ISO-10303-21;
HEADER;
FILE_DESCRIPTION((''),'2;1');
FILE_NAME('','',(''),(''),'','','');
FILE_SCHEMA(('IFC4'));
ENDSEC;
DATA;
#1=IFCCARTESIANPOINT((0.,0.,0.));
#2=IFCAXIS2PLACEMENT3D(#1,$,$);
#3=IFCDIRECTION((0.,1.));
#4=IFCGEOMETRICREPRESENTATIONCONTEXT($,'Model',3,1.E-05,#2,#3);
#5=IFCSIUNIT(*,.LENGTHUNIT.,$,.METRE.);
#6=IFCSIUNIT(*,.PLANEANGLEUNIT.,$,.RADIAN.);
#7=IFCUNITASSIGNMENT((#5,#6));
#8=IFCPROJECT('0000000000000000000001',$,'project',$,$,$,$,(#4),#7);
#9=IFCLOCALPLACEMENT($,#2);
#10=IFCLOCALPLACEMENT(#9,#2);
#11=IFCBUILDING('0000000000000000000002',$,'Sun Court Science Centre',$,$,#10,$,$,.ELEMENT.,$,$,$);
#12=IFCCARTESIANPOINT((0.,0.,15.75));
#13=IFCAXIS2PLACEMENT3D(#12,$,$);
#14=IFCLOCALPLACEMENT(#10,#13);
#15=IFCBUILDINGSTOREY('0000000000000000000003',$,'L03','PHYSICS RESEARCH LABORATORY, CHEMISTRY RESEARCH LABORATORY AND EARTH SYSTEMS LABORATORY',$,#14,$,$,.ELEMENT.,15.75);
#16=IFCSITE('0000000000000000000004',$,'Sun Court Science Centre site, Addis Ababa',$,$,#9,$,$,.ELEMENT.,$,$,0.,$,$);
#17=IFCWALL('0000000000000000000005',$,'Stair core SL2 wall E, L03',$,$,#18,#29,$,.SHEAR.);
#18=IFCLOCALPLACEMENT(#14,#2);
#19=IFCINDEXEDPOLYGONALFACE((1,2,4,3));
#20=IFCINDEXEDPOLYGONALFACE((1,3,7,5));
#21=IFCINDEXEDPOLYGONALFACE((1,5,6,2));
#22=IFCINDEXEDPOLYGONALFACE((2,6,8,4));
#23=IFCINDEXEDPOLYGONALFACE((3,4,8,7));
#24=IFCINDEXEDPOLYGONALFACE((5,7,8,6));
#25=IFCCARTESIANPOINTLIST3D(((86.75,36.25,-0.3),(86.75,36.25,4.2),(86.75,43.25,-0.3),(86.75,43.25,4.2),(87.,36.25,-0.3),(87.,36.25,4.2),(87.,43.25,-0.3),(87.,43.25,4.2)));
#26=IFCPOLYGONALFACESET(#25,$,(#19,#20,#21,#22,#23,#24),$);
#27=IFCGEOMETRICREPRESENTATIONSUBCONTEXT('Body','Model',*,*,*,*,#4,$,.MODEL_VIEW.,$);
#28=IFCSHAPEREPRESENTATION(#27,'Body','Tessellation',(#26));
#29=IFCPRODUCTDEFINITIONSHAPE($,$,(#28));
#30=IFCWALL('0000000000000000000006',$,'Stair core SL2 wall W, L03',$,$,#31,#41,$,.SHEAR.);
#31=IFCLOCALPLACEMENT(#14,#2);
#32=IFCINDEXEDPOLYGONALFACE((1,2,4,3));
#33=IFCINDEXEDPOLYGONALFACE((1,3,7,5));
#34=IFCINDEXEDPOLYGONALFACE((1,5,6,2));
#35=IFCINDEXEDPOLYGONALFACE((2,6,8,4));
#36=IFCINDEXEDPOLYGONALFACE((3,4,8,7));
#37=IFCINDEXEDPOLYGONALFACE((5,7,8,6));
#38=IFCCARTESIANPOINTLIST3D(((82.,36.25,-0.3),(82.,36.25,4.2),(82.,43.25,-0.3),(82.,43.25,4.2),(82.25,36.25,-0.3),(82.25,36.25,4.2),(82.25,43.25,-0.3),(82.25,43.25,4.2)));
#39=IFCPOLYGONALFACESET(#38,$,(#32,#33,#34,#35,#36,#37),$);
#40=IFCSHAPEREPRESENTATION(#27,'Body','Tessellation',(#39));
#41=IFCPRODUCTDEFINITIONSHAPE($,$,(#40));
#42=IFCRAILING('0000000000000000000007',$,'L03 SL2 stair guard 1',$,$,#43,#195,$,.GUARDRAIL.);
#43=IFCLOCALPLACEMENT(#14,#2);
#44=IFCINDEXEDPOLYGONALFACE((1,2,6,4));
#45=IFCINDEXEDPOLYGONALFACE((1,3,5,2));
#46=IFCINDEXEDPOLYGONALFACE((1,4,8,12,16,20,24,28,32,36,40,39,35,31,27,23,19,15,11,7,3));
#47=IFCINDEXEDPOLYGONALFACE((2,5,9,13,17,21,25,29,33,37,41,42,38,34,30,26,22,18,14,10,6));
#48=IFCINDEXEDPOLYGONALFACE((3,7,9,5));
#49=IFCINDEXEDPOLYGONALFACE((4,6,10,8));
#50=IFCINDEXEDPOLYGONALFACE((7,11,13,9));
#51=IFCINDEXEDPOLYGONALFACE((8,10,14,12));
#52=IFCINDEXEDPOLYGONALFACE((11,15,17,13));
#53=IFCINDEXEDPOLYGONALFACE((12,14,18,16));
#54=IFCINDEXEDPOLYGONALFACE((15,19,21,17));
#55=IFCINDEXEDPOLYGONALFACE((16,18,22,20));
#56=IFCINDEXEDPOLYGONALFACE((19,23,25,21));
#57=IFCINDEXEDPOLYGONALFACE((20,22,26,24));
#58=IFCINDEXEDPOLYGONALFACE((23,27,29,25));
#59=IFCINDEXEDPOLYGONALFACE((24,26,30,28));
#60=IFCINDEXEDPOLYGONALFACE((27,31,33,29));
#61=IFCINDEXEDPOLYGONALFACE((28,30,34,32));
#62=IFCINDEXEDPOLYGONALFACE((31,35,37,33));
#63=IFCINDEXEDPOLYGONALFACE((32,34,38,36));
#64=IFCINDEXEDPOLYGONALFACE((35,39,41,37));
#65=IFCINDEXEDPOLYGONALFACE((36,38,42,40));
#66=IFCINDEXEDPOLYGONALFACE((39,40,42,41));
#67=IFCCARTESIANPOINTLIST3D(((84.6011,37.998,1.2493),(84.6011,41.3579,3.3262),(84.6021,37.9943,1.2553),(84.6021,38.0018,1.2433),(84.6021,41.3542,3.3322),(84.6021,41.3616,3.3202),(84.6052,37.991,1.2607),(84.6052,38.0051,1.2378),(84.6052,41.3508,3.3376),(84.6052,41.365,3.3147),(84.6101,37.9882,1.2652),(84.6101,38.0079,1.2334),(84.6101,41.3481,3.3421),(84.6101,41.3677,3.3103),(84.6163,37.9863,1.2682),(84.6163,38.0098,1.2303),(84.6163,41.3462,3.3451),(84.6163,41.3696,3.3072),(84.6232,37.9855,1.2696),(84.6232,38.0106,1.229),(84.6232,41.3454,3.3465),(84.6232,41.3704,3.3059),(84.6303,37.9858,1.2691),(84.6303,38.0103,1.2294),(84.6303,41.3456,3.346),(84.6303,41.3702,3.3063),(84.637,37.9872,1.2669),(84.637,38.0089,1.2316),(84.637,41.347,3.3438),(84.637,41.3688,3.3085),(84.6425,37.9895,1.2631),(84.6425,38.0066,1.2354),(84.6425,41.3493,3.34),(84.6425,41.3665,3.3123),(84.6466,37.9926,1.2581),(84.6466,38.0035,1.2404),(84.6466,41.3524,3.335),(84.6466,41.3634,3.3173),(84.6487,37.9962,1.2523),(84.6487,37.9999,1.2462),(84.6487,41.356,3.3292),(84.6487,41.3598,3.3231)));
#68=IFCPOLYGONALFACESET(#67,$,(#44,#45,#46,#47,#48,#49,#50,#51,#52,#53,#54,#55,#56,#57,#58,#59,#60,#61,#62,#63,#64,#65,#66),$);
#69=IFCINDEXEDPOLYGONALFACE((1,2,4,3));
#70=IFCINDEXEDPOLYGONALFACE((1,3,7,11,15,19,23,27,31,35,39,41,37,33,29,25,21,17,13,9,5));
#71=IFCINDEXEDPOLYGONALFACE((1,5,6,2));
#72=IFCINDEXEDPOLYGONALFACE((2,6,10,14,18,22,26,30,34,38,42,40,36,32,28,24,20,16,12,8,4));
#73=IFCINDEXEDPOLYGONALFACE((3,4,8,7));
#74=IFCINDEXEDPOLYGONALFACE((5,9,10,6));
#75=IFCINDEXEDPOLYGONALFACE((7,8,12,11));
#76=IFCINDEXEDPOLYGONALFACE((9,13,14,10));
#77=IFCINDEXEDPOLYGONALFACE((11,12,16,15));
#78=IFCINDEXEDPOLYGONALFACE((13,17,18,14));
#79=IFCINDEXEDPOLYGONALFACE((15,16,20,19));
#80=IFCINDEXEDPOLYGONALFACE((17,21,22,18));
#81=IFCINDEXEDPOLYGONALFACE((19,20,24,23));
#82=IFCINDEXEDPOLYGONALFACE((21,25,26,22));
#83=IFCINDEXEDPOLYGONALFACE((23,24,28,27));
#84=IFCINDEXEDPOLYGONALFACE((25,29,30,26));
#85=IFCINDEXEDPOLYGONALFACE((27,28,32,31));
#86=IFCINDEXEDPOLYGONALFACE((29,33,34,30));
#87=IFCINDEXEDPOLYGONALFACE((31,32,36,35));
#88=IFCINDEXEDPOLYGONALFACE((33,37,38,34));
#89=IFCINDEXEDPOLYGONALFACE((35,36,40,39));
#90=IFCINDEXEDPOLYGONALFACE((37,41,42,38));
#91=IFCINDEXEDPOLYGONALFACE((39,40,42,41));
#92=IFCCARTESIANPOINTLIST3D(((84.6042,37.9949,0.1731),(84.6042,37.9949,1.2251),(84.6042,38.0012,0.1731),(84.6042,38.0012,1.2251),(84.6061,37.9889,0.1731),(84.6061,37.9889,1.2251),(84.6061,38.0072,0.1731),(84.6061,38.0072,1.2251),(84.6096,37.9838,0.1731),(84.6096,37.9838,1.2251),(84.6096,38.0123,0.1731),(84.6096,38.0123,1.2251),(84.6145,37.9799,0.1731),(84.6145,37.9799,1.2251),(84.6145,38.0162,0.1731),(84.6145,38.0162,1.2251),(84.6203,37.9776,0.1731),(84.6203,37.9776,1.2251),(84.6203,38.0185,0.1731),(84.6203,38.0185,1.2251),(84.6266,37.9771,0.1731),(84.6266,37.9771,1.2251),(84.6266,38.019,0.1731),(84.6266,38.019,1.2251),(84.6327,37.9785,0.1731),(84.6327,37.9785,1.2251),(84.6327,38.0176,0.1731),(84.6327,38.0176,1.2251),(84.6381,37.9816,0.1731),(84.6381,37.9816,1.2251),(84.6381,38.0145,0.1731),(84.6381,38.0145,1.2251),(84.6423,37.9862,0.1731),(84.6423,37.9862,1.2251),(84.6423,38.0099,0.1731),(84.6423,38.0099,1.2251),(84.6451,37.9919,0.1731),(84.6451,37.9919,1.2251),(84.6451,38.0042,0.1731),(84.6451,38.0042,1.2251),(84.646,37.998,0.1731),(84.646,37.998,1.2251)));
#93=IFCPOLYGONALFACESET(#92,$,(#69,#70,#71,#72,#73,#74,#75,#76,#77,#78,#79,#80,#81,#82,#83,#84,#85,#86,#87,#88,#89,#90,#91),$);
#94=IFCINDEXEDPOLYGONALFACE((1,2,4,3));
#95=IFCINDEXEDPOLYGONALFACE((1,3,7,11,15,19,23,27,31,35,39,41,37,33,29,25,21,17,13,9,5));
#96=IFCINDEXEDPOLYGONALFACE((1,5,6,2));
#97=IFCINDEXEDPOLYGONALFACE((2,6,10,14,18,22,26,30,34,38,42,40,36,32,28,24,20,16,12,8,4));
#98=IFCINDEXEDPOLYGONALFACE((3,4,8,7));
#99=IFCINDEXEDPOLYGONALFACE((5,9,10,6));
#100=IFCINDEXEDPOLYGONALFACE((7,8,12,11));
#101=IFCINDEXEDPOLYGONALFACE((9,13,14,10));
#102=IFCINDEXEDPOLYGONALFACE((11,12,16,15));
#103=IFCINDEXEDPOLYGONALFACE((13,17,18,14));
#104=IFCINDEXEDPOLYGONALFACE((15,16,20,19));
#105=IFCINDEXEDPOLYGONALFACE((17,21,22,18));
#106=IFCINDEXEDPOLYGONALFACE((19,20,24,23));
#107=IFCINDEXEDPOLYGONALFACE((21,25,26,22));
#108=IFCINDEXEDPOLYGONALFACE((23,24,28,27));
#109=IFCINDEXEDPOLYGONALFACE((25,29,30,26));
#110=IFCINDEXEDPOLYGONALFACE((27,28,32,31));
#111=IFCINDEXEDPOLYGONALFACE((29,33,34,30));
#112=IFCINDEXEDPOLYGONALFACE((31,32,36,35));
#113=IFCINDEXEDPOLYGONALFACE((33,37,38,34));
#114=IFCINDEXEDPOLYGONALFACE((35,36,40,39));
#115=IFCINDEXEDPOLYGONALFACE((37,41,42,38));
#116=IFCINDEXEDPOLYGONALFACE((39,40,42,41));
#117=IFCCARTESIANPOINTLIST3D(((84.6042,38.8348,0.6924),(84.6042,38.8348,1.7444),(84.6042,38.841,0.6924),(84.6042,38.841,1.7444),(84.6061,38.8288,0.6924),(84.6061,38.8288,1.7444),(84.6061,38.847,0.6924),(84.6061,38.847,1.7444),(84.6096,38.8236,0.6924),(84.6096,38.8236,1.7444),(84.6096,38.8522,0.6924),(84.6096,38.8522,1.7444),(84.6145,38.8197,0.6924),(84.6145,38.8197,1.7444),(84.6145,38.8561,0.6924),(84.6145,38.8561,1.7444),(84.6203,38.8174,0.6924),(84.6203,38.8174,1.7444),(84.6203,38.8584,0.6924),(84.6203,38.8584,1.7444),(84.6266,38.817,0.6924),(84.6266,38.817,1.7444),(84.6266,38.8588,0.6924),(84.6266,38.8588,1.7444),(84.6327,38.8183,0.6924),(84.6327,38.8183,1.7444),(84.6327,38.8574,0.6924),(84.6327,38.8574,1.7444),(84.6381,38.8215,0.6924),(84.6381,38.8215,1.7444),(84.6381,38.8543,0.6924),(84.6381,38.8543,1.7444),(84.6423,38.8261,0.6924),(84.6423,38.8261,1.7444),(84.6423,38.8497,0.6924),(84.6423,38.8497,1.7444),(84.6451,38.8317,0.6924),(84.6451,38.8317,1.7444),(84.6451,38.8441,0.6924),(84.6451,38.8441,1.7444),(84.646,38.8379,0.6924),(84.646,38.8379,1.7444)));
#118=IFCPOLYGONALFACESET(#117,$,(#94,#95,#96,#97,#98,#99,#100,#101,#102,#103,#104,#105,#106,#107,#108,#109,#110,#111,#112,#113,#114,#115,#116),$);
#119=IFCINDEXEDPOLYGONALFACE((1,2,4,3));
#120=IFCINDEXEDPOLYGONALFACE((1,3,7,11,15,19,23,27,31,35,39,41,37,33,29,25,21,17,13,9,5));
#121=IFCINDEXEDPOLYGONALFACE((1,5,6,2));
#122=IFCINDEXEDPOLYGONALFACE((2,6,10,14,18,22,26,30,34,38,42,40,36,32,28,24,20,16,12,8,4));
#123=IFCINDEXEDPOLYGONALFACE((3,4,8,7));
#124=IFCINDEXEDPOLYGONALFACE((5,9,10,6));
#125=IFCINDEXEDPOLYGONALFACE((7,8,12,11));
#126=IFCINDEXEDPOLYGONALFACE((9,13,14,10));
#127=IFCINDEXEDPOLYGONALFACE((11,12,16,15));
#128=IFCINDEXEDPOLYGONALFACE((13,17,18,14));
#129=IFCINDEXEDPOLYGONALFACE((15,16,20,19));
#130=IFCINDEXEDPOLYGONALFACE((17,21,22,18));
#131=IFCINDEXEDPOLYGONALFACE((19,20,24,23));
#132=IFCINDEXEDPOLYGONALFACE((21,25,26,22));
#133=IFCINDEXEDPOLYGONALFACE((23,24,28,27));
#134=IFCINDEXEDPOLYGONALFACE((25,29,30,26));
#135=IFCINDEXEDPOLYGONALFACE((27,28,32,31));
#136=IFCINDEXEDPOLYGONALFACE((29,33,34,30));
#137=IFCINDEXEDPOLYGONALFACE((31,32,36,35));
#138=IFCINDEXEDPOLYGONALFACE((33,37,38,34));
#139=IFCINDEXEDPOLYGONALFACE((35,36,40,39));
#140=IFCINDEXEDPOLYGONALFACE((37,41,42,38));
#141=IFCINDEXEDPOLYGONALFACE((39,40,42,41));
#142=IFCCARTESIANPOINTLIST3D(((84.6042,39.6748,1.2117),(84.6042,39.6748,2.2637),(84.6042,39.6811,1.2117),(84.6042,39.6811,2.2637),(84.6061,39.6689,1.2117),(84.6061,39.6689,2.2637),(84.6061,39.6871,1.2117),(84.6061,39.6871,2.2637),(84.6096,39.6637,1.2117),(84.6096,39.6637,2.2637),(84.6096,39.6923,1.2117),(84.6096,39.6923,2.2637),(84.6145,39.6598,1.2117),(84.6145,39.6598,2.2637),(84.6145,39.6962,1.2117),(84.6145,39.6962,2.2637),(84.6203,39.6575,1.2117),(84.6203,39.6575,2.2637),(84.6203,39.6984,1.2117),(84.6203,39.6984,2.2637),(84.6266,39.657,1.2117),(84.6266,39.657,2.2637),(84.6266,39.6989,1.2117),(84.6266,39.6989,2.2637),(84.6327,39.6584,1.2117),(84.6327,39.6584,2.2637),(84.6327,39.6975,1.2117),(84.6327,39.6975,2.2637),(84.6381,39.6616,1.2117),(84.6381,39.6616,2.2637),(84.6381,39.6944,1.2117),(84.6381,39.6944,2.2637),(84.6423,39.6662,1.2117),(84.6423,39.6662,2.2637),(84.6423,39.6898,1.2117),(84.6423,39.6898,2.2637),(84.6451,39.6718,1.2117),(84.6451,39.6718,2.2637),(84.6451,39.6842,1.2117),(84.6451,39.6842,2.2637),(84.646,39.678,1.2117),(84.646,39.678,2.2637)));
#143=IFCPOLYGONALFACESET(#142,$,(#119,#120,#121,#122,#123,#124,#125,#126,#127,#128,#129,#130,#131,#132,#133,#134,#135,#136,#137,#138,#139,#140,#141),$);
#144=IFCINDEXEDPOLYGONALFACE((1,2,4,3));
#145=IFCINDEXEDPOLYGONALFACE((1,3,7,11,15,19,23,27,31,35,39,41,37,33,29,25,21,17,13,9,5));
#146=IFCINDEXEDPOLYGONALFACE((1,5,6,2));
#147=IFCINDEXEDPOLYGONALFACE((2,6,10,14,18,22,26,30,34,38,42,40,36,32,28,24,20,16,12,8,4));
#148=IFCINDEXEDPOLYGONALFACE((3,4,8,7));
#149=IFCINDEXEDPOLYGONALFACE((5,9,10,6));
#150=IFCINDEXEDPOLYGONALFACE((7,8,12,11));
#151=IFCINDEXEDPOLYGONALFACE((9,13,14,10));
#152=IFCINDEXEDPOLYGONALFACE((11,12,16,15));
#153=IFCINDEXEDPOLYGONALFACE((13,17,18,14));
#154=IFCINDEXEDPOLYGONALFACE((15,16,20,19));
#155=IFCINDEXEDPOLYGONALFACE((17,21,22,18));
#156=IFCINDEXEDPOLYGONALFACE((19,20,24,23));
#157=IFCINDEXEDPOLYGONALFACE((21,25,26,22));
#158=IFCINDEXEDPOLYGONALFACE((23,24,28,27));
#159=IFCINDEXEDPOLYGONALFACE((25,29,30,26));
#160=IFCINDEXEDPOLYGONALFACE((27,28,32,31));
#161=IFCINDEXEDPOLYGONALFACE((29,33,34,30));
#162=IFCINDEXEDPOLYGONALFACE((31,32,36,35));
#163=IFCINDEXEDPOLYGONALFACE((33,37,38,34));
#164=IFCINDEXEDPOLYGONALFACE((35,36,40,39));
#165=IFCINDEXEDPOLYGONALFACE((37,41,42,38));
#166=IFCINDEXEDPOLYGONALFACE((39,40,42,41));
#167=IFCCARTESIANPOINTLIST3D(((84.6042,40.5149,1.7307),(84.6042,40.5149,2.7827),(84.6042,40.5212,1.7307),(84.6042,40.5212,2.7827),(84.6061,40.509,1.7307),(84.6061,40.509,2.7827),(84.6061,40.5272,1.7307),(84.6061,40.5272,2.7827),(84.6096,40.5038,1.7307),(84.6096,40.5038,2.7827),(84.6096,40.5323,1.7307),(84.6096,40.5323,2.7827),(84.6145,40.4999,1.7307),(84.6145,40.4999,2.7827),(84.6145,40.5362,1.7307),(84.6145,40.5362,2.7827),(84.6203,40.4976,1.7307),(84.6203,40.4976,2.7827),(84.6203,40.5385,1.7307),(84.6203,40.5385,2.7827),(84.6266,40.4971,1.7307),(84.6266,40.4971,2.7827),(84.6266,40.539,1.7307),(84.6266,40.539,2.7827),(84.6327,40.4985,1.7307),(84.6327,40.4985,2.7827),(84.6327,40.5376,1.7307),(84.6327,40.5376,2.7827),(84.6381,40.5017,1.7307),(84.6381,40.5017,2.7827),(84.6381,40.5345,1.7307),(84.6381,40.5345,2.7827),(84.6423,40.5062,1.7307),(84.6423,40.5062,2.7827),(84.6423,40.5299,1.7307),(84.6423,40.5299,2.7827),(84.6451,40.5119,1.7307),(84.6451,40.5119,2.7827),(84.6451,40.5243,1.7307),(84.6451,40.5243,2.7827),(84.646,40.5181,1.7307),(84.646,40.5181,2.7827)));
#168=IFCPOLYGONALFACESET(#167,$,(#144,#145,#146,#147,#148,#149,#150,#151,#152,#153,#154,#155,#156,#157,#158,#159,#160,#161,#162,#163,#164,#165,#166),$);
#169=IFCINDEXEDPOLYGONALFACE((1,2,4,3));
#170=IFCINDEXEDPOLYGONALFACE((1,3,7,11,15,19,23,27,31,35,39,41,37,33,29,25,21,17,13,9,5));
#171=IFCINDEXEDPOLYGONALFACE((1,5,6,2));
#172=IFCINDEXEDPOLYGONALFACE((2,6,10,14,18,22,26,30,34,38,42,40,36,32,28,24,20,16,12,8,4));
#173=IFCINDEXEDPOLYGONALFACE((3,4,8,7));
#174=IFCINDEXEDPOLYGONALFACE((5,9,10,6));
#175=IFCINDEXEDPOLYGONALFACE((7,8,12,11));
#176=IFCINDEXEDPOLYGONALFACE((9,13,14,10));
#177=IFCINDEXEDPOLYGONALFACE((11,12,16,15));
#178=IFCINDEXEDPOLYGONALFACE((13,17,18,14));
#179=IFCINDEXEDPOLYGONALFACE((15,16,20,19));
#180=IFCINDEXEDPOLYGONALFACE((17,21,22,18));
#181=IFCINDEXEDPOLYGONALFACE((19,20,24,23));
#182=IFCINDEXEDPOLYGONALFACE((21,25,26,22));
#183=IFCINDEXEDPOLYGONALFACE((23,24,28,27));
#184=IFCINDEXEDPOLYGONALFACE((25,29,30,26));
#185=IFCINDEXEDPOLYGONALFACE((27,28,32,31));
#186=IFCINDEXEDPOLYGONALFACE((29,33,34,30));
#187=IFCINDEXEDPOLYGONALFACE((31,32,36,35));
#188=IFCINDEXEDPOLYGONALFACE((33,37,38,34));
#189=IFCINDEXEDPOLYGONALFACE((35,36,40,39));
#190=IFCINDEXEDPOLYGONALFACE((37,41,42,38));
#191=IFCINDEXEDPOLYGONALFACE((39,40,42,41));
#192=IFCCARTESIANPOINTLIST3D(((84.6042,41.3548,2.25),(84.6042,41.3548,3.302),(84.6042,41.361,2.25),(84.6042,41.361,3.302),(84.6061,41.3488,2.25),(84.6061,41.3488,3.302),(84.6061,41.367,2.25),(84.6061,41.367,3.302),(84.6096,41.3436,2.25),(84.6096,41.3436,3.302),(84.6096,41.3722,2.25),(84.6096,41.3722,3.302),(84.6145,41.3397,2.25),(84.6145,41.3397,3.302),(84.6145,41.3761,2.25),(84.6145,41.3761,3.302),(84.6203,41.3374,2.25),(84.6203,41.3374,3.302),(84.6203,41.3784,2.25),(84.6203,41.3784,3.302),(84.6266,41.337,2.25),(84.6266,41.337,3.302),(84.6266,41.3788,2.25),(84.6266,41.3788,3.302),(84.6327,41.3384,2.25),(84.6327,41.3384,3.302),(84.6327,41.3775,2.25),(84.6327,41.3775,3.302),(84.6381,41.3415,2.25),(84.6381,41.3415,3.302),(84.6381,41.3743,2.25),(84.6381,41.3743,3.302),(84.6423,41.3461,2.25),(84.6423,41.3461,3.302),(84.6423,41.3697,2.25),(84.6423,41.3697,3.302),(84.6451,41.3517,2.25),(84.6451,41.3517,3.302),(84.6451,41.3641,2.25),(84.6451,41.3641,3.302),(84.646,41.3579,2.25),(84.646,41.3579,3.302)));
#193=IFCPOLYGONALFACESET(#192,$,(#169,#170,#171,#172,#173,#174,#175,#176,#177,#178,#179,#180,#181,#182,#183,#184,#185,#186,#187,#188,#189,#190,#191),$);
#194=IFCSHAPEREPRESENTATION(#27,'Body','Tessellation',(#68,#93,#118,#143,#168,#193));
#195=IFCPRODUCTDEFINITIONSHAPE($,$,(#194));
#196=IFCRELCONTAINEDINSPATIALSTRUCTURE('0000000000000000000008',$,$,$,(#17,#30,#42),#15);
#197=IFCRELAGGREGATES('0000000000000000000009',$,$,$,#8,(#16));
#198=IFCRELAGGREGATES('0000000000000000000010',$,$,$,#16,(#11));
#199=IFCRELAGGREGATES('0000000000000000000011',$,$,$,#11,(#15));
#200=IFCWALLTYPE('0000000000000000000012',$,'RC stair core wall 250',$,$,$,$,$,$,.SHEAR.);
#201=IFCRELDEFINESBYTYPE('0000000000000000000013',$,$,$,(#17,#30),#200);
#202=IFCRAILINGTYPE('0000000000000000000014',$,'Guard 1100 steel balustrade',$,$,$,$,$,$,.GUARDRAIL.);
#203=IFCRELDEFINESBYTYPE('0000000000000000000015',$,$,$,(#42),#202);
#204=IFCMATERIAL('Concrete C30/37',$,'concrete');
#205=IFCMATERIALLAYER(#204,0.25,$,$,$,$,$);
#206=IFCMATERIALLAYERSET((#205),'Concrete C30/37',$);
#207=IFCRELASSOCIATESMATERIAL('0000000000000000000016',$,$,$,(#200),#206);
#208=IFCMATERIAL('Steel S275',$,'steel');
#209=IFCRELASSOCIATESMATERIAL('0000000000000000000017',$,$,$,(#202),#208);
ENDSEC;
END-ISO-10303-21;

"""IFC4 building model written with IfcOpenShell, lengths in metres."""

from ifc_helpers import new_model, si_unit, direction, frame, frame_2d, origin, origin_2d, place, context, subcontext, project, spatial, rectangle, circle, extrude, material, layer, layer_set, type_object, element, save


model = new_model("IFC4")

# Units and contexts
model_context = context("Model", 3, precision=1e-05, world=origin(), true_north=direction((0.0, 1.0)))
body_context = subcontext(model_context, "Body", "Model", "MODEL_VIEW")
ifc_project = project(units=[si_unit("LENGTHUNIT", "METRE"), si_unit("PLANEANGLEUNIT", "RADIAN")], contexts=[model_context])

# Site, building, storey
site_placement = place(None, origin())
site = spatial("IfcSite", under=ifc_project, at=site_placement, Name="Sun Court Science Centre site, Addis Ababa", CompositionType="ELEMENT", RefElevation=0.0)
building_placement = place(site_placement, origin())
building = spatial("IfcBuilding", under=site, at=building_placement, Name="Sun Court Science Centre", CompositionType="ELEMENT")
storey_placement = place(building_placement, frame((0.0, 0.0, 15.75)))
storey = spatial("IfcBuildingStorey", under=building, at=storey_placement, Name="L03", Description="PHYSICS RESEARCH LABORATORY, CHEMISTRY RESEARCH LABORATORY AND EARTH SYSTEMS LABORATORY", CompositionType="ELEMENT", Elevation=15.75)

# Shared definitions
ifc_material_1 = material(Name="Concrete C30/37", Category="concrete")
ifc_layer_1 = layer(ifc_material_1, 0.25)
ifc_layer_set_1 = layer_set([ifc_layer_1], Name="Concrete C30/37")
wall_type_1 = type_object("IfcWallType", Name="RC stair core wall 250", PredefinedType="SHEAR", material=ifc_layer_set_1)

# Walls
for number, where, z_axis, x_axis, name in (
    (1, (86.875, 36.25, -0.3), (0.0, 0.0, 1.0), (0.0, 1.0, 0.0), "Stair core SL2 wall E, L03"),
    (2, (82.125, 36.25, -0.3), (0.0, 0.0, 1.0), (0.0, 1.0, 0.0), "Stair core SL2 wall W, L03"),
):
    element("IfcWall", number, at=place(storey_placement, frame(where, z_axis=z_axis, x_axis=x_axis)), inside=storey, type_object=wall_type_1, Name=name, PredefinedType="SHEAR", context=body_context, shape_type="SweptSolid", body=[
        extrude(rectangle(XDim=7.0, YDim=0.25, at=frame_2d((3.5, 0.0))), origin(), (0.0, 0.0, 1.0), 4.5),
    ])

# Railing
ifc_material_2 = material(Name="Steel S275", Category="steel")
railing_type = type_object("IfcRailingType", Name="Guard 1100 steel balustrade", PredefinedType="GUARDRAIL", material=ifc_material_2)
railing_1_placement = place(storey_placement, frame((84.625, 37.998, 0.1731)))
element("IfcRailing", 3, at=railing_1_placement, inside=storey, type_object=railing_type, Name="L03 SL2 stair guard 1", PredefinedType="GUARDRAIL", context=body_context, shape_type="SweptSolid", body=[
    extrude(circle(Radius=0.0239, at=origin_2d()), frame((0.0, 0.0, 1.0762), z_axis=(0.0, 0.850606, 0.525803), x_axis=(-1.0, 0.0, 0.0)), (0.0, 0.0, 1.0), 3.95),
    extrude(circle(Radius=0.021, at=origin_2d()), origin(), (0.0, 0.0, 1.0), 1.052),
    extrude(circle(Radius=0.021, at=origin_2d()), frame((0.0, 0.8398, 0.5193)), (0.0, 0.0, 1.0), 1.052),
    extrude(circle(Radius=0.021, at=origin_2d()), frame((0.0, 1.6799, 1.0386)), (0.0, 0.0, 1.0), 1.052),
    extrude(circle(Radius=0.021, at=origin_2d()), frame((0.0, 2.52, 1.5576)), (0.0, 0.0, 1.0), 1.052),
    extrude(circle(Radius=0.021, at=origin_2d()), frame((0.0, 3.3599, 2.0769)), (0.0, 0.0, 1.0), 1.052),
])

save(model, "model.ifc")
